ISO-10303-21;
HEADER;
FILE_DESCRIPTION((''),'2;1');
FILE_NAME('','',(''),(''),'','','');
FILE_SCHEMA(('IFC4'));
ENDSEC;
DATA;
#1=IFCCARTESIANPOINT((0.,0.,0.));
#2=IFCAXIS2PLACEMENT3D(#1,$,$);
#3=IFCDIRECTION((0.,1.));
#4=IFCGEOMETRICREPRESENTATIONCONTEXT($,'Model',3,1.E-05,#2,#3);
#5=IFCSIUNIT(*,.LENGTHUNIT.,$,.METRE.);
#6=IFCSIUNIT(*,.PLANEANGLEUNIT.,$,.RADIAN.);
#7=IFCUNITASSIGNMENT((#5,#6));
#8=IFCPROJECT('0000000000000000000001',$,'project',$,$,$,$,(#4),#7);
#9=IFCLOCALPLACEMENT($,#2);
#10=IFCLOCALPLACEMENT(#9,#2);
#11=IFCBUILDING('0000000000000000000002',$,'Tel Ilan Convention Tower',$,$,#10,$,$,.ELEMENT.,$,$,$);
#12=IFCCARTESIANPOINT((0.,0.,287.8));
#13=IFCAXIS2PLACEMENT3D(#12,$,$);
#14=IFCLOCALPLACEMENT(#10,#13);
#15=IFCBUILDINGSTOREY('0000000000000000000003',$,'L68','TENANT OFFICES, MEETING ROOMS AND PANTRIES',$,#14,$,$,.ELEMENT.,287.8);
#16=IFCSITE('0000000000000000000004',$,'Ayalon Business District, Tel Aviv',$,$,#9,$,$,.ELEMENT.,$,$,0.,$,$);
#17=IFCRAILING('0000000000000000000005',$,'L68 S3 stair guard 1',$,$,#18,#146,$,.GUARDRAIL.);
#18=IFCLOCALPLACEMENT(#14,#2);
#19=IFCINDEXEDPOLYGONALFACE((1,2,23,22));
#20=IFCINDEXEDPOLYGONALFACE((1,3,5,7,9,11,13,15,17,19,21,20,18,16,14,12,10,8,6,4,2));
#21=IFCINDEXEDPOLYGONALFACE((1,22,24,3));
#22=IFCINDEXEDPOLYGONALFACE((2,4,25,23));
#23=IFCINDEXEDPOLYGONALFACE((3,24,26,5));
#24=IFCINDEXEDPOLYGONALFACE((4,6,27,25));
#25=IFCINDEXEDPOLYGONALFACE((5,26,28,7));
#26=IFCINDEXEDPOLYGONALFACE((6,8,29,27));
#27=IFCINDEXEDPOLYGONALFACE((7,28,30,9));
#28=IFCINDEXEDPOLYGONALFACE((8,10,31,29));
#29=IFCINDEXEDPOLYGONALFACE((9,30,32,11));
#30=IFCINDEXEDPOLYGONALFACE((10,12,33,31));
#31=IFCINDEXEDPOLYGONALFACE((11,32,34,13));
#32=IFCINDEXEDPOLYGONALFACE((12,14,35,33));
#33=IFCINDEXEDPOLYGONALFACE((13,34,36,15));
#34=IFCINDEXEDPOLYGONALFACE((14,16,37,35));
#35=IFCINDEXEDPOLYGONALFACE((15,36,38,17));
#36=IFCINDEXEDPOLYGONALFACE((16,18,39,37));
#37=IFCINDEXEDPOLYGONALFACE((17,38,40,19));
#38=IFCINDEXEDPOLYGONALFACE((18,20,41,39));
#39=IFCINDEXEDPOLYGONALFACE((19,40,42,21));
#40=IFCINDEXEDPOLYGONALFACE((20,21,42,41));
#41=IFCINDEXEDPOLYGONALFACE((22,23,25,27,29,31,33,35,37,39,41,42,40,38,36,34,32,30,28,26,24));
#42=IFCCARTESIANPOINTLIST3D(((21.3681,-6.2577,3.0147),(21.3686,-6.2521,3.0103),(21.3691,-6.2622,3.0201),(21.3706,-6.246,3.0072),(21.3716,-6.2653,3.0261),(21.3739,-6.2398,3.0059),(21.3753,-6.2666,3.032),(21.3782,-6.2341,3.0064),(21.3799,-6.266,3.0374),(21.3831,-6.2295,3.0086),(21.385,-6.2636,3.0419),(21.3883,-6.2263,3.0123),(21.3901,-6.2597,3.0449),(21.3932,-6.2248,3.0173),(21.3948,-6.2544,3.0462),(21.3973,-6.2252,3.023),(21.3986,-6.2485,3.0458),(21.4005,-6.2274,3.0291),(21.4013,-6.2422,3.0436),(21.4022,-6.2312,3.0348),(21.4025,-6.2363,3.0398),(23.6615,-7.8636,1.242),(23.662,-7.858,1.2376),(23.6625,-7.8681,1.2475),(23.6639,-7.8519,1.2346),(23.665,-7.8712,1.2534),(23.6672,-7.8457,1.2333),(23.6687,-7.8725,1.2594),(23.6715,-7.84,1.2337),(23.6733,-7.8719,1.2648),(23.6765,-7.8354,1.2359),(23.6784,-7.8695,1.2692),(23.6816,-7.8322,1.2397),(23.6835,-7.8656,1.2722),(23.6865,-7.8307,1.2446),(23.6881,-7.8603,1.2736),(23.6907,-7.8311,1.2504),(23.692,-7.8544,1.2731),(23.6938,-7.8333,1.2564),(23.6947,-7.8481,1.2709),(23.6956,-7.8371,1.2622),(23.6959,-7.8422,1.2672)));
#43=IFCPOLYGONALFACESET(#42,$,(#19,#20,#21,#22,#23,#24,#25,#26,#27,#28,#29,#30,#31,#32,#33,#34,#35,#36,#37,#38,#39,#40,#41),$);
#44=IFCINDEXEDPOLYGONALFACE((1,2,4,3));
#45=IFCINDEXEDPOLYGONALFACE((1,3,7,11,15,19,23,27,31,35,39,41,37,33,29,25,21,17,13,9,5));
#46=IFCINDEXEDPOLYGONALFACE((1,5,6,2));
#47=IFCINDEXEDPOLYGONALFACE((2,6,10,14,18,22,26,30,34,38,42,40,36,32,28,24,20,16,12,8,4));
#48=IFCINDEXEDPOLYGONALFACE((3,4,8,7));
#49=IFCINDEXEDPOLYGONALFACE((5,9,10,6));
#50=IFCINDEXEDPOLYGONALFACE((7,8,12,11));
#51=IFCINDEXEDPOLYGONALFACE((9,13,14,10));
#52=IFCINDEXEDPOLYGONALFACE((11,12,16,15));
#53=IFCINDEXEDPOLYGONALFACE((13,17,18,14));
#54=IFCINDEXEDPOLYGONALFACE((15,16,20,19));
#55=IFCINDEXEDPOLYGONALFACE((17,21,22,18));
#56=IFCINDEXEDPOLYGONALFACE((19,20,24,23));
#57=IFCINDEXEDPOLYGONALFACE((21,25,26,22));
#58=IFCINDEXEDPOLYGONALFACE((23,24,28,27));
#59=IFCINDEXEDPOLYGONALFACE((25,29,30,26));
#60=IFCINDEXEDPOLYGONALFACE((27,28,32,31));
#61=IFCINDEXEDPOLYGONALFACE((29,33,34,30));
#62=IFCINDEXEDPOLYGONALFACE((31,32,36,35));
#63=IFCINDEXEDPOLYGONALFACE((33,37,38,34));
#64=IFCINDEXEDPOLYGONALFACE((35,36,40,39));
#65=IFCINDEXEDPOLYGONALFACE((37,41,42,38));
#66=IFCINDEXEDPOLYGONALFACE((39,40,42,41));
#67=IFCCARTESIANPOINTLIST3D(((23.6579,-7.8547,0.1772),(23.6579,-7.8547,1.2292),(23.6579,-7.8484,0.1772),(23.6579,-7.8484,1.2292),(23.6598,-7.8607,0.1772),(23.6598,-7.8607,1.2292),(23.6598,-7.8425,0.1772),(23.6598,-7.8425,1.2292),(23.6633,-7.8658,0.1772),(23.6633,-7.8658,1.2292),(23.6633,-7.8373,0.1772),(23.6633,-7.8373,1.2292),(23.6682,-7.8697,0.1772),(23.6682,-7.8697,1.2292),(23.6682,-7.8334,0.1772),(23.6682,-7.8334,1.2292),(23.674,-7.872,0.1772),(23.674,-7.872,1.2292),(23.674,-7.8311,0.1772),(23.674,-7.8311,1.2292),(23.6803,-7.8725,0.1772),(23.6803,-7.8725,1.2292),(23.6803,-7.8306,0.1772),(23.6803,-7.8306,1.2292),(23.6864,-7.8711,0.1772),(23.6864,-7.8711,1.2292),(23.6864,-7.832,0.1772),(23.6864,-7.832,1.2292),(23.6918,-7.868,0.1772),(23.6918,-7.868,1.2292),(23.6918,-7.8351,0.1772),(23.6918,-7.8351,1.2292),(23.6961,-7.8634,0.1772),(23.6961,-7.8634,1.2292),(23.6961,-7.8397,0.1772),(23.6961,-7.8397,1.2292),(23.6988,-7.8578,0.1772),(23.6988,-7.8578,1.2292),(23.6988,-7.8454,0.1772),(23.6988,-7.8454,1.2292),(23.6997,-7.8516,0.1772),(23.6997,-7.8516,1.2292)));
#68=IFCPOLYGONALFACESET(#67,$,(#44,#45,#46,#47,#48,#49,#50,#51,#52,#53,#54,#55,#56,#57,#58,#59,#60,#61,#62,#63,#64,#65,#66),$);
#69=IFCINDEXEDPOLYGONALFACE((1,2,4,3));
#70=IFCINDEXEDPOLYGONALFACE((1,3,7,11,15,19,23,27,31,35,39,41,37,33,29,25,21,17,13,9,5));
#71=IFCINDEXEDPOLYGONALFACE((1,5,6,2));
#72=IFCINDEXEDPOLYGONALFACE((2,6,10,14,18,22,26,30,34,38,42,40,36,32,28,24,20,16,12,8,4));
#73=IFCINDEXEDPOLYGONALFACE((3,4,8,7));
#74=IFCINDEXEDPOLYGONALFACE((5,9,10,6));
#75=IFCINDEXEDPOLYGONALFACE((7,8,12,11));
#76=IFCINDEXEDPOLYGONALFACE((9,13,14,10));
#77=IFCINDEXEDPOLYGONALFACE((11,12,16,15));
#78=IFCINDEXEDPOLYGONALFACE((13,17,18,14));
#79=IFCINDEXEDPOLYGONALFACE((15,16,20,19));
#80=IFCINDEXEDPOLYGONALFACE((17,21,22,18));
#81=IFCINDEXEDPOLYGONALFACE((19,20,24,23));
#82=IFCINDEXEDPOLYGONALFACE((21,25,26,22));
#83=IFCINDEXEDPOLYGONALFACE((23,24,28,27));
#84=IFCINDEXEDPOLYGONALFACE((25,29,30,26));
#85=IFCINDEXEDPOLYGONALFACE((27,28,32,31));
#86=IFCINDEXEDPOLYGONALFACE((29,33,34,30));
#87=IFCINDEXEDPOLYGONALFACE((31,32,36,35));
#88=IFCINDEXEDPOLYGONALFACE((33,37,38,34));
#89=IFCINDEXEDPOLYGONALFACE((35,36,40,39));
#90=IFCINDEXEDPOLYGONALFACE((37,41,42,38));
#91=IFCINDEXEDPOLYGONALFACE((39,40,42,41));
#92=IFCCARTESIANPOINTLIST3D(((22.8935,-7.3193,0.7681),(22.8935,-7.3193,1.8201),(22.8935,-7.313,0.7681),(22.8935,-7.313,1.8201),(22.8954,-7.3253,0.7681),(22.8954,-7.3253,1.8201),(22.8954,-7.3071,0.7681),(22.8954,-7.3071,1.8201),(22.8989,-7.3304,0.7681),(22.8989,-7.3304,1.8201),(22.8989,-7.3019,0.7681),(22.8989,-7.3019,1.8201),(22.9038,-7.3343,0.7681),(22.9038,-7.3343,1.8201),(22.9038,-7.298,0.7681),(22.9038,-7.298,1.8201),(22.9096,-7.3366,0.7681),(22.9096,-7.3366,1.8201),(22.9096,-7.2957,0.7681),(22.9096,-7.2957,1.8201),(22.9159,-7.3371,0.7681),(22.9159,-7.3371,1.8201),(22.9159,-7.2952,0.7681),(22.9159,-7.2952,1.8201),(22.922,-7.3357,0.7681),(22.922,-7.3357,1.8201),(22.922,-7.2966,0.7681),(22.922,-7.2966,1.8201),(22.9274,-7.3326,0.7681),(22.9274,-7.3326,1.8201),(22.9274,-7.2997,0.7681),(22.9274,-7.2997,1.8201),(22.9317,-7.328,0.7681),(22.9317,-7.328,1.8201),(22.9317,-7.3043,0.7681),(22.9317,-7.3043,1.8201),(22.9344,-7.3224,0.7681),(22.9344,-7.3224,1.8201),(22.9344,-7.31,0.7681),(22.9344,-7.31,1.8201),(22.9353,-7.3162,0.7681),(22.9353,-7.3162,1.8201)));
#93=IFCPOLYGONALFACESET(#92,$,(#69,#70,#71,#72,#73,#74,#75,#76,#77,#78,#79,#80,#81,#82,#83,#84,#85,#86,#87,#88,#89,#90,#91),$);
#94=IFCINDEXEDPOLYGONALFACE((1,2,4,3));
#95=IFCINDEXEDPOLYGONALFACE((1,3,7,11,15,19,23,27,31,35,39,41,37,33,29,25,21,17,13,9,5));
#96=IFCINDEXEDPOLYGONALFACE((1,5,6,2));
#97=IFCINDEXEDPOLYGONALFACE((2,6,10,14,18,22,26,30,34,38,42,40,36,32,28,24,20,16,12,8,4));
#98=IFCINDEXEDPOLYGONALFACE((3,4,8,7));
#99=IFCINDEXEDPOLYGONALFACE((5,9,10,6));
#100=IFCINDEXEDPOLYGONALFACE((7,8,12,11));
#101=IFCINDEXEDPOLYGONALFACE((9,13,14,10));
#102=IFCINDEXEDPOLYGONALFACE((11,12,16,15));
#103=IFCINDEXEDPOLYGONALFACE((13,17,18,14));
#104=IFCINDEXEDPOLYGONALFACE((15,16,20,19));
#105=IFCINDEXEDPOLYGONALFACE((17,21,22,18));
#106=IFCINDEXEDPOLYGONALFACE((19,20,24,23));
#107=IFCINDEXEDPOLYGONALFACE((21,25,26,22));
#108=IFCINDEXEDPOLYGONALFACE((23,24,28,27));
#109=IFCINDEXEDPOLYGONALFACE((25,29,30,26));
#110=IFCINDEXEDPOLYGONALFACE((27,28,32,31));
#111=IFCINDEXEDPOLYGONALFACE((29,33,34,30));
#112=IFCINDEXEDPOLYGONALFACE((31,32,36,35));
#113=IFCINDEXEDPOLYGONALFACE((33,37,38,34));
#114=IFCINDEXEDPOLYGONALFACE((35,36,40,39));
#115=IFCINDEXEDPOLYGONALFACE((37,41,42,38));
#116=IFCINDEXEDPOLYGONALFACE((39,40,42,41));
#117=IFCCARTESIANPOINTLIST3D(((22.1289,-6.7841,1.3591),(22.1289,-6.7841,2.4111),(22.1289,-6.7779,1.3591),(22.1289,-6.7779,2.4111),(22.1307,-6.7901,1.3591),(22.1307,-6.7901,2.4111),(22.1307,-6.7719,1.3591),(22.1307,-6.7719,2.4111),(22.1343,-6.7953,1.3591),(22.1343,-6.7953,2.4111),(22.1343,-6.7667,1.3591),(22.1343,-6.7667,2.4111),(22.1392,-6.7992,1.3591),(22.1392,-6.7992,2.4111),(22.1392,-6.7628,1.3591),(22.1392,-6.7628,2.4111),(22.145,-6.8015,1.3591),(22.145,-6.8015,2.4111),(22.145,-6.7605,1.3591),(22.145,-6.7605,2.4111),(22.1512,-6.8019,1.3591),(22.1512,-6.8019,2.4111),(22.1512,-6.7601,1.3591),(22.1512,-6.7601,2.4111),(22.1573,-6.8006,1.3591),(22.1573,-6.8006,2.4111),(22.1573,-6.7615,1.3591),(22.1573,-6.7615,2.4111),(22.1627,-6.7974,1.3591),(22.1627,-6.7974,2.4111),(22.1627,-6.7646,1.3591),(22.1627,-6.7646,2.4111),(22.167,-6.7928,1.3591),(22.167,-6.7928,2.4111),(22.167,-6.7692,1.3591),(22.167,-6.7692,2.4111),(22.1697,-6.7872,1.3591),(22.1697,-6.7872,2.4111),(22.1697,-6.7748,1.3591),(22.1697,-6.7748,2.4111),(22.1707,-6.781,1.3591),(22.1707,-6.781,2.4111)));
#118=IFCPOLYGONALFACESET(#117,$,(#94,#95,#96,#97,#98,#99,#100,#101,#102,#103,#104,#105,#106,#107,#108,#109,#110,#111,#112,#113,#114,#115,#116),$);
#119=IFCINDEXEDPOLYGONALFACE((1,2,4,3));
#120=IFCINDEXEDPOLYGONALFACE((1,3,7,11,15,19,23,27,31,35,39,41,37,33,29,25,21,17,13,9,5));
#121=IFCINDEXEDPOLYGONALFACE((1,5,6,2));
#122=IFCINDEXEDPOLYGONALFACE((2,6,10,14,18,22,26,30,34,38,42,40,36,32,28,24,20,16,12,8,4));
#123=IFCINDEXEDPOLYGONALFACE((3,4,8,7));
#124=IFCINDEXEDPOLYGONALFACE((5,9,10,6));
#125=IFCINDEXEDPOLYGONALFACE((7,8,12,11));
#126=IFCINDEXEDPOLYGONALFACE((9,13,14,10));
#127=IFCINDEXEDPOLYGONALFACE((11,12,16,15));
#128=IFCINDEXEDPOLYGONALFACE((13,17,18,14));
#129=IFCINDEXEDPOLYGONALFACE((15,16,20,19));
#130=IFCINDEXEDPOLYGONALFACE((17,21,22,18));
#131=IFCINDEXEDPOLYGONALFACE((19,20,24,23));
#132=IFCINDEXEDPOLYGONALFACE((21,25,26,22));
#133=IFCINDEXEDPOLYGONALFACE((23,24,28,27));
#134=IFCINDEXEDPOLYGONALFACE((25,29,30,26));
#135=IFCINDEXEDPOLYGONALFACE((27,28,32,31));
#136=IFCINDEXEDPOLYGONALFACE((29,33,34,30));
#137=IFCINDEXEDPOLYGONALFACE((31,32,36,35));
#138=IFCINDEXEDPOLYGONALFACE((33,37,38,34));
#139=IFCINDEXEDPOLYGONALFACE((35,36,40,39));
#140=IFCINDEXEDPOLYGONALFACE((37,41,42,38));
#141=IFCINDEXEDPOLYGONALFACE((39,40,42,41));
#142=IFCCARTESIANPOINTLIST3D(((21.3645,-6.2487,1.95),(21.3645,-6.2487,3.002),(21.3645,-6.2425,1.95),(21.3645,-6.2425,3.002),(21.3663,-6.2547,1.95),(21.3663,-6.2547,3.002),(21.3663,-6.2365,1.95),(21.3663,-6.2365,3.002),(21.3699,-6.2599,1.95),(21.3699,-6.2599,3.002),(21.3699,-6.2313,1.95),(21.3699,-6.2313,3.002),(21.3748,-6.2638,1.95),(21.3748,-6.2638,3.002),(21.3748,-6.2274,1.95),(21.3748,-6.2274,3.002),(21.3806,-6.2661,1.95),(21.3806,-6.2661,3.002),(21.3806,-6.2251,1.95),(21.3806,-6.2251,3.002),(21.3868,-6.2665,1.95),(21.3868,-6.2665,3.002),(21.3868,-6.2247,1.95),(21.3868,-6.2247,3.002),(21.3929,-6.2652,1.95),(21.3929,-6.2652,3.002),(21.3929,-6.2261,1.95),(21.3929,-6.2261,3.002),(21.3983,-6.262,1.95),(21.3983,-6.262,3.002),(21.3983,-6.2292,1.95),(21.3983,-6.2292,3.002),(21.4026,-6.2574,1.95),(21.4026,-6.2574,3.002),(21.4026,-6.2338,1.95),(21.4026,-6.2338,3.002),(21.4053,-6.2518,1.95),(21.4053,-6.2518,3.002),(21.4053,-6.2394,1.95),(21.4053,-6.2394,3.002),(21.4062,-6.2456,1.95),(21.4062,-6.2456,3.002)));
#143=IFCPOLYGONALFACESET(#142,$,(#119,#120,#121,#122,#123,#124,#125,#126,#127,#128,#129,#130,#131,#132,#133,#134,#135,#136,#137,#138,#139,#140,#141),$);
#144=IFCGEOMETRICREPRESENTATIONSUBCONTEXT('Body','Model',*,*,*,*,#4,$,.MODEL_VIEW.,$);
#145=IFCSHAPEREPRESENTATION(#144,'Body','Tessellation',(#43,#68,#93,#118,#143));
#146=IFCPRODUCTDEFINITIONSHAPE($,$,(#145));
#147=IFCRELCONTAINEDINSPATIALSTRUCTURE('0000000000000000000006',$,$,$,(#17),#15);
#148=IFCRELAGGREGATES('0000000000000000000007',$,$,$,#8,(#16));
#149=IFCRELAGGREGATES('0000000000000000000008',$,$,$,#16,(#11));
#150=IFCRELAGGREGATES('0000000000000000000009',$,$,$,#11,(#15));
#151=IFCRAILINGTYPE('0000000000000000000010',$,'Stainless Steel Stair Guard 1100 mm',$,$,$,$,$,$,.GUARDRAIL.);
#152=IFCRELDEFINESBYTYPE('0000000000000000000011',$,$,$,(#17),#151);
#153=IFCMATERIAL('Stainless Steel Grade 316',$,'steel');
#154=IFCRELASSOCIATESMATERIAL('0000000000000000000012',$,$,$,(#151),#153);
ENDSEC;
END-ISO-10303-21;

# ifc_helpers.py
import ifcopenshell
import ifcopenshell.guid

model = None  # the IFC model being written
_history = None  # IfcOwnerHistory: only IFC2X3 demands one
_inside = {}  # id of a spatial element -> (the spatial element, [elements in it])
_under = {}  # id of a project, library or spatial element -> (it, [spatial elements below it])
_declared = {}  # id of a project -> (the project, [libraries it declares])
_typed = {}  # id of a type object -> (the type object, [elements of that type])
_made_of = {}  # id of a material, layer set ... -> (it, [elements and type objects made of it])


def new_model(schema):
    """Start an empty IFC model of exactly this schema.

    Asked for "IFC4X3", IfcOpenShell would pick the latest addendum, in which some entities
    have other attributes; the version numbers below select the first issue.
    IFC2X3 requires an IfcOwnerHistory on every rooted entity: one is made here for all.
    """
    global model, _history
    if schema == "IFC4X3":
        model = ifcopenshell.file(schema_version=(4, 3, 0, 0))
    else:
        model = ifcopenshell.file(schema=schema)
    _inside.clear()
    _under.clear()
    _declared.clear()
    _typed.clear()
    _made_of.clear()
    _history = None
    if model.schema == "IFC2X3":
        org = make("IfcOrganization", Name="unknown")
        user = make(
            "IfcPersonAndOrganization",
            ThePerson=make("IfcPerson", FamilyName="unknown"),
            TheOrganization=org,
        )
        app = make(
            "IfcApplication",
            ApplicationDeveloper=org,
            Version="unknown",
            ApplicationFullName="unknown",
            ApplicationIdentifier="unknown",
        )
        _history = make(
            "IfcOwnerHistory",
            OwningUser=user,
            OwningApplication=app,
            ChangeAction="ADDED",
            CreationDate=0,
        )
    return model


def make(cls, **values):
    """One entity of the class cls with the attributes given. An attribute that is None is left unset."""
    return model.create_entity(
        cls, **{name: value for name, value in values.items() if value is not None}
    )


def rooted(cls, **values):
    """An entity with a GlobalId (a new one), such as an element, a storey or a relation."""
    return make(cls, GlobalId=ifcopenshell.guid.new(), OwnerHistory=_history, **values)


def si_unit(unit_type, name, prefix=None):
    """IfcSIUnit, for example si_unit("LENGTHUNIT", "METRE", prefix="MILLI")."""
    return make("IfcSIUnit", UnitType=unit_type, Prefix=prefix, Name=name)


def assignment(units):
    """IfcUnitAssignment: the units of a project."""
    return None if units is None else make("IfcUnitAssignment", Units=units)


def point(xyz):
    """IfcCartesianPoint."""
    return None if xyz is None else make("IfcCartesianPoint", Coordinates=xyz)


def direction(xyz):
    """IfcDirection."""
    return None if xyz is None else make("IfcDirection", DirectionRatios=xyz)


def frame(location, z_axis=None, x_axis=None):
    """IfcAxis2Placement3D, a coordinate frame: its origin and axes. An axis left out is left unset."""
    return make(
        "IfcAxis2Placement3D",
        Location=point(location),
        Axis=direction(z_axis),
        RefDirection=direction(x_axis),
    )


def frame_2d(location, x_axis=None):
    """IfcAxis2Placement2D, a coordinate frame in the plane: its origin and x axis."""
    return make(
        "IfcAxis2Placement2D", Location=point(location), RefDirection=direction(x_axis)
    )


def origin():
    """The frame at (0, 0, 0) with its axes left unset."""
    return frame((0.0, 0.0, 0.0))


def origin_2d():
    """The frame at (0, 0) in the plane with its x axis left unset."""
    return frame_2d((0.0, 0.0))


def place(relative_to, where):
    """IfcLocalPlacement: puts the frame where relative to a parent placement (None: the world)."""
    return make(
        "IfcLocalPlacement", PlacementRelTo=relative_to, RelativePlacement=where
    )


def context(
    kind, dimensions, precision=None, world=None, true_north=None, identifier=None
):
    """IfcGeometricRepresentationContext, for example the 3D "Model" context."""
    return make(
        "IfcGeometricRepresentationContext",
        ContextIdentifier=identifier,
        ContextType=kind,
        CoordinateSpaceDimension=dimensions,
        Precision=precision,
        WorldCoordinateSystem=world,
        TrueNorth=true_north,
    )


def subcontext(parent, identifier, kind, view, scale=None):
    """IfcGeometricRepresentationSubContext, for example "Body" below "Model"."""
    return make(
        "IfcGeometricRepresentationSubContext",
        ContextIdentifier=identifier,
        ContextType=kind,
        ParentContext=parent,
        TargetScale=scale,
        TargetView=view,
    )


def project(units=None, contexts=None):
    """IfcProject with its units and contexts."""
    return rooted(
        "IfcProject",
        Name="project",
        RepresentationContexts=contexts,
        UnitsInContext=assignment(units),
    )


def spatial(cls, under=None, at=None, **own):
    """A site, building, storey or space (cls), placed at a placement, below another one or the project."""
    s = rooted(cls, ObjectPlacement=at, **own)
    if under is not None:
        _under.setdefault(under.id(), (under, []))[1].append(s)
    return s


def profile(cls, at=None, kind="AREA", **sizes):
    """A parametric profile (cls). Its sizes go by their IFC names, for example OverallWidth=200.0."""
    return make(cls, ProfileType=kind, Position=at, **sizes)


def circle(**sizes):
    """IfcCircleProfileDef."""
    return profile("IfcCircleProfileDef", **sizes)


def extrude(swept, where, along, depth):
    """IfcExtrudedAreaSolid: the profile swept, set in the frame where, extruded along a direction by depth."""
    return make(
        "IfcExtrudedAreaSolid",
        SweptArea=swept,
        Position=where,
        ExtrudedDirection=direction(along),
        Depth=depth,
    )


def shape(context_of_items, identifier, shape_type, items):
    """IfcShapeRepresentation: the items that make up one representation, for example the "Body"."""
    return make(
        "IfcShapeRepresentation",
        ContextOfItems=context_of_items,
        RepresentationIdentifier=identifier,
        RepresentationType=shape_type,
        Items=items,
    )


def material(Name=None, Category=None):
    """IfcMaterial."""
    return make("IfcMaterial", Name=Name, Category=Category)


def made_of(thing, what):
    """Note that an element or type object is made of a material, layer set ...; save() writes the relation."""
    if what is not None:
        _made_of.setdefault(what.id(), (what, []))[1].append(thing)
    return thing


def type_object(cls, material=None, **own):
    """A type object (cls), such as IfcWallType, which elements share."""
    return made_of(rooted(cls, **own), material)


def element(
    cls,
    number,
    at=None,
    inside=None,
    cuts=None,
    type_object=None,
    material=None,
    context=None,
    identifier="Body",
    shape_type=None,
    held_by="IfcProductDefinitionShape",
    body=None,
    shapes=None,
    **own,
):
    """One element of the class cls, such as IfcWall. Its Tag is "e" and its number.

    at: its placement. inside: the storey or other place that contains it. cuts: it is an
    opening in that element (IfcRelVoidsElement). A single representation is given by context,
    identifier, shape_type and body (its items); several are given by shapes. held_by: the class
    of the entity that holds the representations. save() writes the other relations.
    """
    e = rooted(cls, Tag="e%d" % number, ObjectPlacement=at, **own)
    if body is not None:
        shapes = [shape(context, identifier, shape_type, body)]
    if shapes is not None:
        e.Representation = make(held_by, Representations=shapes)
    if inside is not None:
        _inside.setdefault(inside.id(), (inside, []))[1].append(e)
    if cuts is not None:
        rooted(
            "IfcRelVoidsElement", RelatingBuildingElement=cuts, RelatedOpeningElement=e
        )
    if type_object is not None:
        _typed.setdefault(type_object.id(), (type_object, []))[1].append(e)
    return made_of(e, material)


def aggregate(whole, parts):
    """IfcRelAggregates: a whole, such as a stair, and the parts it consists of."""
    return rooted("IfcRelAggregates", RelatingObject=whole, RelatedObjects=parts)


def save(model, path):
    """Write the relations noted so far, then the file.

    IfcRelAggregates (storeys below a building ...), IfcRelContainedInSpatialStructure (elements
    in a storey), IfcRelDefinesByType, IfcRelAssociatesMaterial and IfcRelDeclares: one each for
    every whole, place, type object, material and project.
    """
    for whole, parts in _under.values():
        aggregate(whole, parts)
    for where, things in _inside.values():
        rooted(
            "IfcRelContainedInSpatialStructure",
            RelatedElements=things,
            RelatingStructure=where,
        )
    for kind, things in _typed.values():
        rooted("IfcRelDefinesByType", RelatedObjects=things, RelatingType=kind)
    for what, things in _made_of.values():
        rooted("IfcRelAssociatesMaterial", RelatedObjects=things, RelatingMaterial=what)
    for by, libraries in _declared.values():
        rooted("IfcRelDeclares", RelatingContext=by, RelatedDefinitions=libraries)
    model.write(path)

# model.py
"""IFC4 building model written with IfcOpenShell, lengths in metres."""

from ifc_helpers import new_model, si_unit, direction, frame, origin, origin_2d, place, context, subcontext, project, spatial, circle, extrude, material, type_object, element, save


model = new_model("IFC4")

# Units and contexts
model_context = context("Model", 3, precision=1e-05, world=origin(), true_north=direction((0.0, 1.0)))
body_context = subcontext(model_context, "Body", "Model", "MODEL_VIEW")
ifc_project = project(units=[si_unit("LENGTHUNIT", "METRE"), si_unit("PLANEANGLEUNIT", "RADIAN")], contexts=[model_context])

# Site, building, storey
site_placement = place(None, origin())
site = spatial("IfcSite", under=ifc_project, at=site_placement, Name="Ayalon Business District, Tel Aviv", CompositionType="ELEMENT", RefElevation=0.0)
building_placement = place(site_placement, origin())
building = spatial("IfcBuilding", under=site, at=building_placement, Name="Tel Ilan Convention Tower", CompositionType="ELEMENT")
storey_placement = place(building_placement, frame((0.0, 0.0, 287.8)))
storey = spatial("IfcBuildingStorey", under=building, at=storey_placement, Name="L68", Description="TENANT OFFICES, MEETING ROOMS AND PANTRIES", CompositionType="ELEMENT", Elevation=287.8)

# Railing
ifc_material_1 = material(Name="Stainless Steel Grade 316", Category="steel")
railing_type_1 = type_object("IfcRailingType", Name="Stainless Steel Stair Guard 1100 mm", PredefinedType="GUARDRAIL", material=ifc_material_1)
railing_1_placement = place(storey_placement, frame((23.6787, -7.8516, 0.1772)))
element("IfcRailing", 1, at=railing_1_placement, inside=storey, type_object=railing_type_1, Name="L68 S3 stair guard 1", PredefinedType="GUARDRAIL", context=body_context, shape_type="SweptSolid", body=[
    extrude(circle(Radius=0.0239, at=origin_2d()), frame((0.0, 0.0, 1.0762), z_axis=(-0.692085, 0.484621, 0.53494), x_axis=(-0.573591, -0.819142, 0.0)), (0.0, 0.0, 1.0), 3.3137),
    extrude(circle(Radius=0.021, at=origin_2d()), origin(), (0.0, 0.0, 1.0), 1.052),
    extrude(circle(Radius=0.021, at=origin_2d()), frame((-0.7644, 0.5354, 0.5908)), (0.0, 0.0, 1.0), 1.052),
    extrude(circle(Radius=0.021, at=origin_2d()), frame((-1.5291, 1.0706, 1.1819)), (0.0, 0.0, 1.0), 1.052),
    extrude(circle(Radius=0.021, at=origin_2d()), frame((-2.2935, 1.606, 1.7727)), (0.0, 0.0, 1.0), 1.052),
])

save(model, "model.ifc")
